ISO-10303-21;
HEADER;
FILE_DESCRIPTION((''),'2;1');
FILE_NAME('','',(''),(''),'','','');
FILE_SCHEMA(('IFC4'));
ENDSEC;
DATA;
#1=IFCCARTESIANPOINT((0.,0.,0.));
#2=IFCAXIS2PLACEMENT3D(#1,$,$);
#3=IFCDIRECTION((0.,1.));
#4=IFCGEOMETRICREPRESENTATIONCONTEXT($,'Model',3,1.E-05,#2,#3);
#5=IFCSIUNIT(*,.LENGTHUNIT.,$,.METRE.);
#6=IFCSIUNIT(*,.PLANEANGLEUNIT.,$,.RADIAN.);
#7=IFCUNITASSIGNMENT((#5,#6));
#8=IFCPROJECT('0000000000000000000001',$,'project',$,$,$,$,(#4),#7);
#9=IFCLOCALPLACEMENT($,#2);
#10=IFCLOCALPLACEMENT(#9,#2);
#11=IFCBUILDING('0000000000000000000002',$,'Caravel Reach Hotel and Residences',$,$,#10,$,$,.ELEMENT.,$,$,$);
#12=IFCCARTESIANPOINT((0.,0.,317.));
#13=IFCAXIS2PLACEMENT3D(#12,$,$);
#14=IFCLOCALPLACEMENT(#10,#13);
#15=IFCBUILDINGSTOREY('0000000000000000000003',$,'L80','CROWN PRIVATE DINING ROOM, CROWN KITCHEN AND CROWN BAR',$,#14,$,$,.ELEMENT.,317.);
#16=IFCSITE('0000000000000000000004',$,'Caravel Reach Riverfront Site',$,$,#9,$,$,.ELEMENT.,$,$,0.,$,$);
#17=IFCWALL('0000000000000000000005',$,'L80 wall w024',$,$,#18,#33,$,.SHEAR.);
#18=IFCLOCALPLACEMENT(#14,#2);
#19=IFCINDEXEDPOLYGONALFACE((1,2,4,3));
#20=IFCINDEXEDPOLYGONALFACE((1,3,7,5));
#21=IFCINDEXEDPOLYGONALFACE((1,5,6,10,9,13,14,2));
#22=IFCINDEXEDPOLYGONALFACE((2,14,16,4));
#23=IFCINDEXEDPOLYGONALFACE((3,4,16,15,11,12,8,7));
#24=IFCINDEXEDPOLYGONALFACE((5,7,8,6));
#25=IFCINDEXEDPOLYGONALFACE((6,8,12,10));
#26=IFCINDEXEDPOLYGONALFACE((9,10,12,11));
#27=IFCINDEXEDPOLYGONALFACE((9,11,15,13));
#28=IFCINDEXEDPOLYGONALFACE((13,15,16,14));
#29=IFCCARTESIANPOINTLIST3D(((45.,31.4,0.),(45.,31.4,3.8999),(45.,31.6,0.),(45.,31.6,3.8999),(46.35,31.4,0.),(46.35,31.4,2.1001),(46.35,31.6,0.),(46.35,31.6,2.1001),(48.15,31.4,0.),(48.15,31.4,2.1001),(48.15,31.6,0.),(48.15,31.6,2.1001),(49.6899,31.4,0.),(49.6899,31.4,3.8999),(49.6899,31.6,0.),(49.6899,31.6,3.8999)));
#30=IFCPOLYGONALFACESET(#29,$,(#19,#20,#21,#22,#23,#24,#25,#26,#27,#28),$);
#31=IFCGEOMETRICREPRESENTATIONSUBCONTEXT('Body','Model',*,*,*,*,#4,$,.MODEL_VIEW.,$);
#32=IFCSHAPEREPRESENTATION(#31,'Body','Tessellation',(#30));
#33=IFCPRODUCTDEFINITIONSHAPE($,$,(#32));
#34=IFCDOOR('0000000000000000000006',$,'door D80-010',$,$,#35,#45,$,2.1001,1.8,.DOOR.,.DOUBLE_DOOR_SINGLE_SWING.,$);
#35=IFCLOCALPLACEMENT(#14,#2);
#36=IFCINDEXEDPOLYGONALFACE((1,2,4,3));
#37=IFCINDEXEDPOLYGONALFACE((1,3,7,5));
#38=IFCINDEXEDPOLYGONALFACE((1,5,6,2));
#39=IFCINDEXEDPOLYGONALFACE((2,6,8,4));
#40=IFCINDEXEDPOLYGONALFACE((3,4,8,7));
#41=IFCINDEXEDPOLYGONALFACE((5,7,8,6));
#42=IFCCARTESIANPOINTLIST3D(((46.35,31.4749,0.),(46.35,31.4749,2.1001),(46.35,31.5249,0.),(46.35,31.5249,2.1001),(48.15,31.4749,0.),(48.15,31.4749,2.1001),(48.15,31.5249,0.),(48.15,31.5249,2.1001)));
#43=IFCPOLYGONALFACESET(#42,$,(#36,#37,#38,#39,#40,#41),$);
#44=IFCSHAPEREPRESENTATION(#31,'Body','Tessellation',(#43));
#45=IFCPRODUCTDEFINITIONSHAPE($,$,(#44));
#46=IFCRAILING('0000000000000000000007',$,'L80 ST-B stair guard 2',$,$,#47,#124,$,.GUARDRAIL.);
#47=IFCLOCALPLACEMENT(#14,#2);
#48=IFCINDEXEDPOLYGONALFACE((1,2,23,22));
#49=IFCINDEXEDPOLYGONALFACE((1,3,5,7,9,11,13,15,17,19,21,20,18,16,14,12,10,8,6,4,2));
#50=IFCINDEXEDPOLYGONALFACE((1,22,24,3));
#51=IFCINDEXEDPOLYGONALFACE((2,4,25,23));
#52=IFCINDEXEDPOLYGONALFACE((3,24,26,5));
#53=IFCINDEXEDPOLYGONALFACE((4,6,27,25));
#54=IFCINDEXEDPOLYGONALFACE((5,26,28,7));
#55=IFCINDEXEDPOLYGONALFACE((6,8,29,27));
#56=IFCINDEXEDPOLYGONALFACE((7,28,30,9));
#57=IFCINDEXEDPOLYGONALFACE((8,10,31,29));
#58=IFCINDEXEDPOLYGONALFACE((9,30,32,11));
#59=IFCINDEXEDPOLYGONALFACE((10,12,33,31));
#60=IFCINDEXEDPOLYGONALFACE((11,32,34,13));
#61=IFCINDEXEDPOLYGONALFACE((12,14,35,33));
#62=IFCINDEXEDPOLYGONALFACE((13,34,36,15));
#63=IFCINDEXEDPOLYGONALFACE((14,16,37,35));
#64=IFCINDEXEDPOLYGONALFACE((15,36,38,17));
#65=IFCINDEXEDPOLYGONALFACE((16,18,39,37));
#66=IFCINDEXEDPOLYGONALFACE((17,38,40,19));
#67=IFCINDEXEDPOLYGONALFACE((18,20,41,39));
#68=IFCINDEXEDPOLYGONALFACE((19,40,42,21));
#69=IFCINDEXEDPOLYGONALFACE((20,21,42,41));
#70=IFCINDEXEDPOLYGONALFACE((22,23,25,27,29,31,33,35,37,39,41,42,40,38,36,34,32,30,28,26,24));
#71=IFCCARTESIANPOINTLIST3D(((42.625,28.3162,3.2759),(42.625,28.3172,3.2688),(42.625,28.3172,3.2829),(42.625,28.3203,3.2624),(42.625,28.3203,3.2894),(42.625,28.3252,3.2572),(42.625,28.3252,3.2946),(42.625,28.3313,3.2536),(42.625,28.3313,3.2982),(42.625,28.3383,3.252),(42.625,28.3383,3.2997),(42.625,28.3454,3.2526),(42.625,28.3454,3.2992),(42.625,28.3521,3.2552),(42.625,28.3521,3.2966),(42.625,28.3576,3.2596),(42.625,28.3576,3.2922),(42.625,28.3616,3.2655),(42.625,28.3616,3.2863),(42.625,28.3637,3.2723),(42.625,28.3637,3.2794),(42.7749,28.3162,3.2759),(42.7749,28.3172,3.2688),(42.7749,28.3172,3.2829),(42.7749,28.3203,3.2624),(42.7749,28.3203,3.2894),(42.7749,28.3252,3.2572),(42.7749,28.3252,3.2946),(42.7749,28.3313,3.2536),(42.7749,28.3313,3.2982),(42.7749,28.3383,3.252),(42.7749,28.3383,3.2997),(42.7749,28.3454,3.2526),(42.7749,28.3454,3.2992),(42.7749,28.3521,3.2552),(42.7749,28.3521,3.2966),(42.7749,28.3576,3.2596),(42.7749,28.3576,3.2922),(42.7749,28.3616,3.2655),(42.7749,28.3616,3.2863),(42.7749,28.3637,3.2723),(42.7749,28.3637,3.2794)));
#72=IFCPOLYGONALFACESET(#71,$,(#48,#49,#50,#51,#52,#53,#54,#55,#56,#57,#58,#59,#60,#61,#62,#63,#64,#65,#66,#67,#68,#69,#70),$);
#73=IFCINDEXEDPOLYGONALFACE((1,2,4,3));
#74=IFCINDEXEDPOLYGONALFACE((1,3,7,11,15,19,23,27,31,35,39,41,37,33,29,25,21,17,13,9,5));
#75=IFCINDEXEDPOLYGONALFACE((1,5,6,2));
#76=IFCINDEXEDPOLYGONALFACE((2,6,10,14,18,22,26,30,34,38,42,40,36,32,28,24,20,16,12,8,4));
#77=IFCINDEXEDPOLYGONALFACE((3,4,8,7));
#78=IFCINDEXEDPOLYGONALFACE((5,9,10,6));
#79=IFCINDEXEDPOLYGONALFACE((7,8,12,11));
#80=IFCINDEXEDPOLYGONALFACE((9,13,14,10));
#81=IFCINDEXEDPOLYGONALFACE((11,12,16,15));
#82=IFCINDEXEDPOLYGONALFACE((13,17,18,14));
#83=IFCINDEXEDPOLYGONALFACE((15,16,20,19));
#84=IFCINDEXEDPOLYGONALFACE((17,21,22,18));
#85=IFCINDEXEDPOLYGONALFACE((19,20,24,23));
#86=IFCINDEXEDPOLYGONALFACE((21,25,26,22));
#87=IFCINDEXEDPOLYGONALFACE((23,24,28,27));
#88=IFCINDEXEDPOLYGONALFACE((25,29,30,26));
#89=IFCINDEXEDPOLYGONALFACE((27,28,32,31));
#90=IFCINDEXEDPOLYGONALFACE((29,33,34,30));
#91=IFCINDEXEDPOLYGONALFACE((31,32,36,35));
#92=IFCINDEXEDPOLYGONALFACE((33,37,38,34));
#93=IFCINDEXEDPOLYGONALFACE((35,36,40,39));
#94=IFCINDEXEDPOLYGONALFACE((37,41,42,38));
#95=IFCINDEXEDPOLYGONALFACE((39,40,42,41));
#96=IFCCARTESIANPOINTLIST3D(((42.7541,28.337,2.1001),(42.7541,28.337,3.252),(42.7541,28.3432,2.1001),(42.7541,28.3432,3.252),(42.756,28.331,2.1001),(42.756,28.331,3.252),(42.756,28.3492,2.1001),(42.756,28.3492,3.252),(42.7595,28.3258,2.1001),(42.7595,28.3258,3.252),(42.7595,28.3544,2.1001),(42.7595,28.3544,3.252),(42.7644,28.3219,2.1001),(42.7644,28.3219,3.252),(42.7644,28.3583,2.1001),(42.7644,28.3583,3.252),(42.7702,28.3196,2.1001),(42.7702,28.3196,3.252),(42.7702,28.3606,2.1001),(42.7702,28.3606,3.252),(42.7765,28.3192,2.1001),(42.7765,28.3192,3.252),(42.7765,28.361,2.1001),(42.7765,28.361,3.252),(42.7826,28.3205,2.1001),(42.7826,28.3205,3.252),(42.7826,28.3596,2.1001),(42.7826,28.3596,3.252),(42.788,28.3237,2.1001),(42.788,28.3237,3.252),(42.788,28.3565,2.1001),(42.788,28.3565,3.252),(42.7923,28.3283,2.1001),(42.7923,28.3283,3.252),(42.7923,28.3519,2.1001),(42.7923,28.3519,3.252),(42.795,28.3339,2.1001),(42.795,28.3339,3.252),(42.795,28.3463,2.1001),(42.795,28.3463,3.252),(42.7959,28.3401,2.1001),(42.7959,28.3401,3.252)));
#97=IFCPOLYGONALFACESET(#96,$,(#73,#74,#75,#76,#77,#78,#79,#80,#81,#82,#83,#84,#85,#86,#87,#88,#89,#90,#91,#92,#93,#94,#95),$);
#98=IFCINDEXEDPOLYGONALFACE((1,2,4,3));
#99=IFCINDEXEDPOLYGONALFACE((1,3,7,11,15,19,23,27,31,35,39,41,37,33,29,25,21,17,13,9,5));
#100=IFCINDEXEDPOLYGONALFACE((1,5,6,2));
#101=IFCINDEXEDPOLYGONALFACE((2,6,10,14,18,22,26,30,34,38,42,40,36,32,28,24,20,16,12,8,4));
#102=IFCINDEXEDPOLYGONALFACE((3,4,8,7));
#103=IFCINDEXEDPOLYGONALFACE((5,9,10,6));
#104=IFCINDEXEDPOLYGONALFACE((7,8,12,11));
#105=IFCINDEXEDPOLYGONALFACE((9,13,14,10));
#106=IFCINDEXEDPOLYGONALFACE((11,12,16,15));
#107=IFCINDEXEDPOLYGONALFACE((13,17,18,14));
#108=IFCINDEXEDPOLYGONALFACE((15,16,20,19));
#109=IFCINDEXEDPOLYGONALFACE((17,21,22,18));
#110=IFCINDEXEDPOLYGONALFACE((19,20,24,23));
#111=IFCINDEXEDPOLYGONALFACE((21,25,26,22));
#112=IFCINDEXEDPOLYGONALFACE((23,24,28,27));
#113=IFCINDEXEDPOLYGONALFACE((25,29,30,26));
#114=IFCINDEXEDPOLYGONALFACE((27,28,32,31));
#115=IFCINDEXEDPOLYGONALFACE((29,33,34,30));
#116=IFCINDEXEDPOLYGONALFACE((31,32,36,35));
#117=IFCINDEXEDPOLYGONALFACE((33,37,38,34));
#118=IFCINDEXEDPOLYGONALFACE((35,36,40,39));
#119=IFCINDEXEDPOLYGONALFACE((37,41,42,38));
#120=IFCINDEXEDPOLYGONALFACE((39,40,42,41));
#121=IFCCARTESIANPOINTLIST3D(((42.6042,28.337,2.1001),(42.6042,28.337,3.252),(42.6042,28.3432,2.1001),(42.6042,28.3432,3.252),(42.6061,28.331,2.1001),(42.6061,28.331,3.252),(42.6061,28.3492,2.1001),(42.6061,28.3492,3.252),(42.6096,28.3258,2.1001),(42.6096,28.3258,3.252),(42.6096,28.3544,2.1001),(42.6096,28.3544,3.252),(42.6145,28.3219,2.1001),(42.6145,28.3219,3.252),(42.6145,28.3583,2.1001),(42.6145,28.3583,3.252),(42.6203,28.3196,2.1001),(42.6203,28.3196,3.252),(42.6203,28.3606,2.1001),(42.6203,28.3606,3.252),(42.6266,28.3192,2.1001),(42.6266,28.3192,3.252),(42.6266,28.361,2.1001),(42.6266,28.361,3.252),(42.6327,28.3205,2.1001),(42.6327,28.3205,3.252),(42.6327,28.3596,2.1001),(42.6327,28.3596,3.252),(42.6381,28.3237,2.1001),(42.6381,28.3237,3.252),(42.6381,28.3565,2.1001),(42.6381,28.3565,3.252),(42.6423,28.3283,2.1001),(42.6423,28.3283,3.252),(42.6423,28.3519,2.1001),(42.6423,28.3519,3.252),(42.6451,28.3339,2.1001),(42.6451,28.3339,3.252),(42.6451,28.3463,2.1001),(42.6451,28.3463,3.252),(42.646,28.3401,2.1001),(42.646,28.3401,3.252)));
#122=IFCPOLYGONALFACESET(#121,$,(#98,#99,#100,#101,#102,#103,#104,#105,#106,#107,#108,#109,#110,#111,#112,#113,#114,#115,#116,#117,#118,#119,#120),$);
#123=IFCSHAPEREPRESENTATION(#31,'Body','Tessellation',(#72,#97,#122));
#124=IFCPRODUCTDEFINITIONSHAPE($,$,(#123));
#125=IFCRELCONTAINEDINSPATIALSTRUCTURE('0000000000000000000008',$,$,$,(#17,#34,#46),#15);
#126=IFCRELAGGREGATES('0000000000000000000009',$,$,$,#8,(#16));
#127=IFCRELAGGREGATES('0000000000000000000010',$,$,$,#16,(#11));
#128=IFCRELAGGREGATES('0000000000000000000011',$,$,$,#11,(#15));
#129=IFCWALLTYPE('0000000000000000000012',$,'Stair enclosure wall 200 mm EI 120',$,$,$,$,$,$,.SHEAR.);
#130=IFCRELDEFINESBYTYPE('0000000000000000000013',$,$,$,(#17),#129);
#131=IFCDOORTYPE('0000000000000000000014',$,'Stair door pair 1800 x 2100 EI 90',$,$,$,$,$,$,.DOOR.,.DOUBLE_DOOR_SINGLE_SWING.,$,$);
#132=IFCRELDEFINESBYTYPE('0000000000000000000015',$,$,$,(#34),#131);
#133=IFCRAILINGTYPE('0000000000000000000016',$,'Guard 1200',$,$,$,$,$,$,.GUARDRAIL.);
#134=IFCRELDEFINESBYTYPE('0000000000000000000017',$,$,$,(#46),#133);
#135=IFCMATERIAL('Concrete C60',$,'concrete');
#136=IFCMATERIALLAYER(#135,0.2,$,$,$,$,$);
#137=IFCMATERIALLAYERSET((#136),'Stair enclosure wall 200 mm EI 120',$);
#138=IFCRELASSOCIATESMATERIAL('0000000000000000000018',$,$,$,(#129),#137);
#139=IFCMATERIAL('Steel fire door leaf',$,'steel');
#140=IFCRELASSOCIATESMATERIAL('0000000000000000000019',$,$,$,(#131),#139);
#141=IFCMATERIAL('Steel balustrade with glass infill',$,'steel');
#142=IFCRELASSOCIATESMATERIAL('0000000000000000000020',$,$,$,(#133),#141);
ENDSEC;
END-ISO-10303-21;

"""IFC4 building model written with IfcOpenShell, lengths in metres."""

from ifc_helpers import new_model, si_unit, direction, frame, frame_2d, origin, origin_2d, place, context, subcontext, project, spatial, rectangle, circle, extrude, material, layer, layer_set, type_object, element, fill, save


model = new_model("IFC4")

# Units and contexts
model_context = context("Model", 3, precision=1e-05, world=origin(), true_north=direction((0.0, 1.0)))
body_context = subcontext(model_context, "Body", "Model", "MODEL_VIEW")
ifc_project = project(units=[si_unit("LENGTHUNIT", "METRE"), si_unit("PLANEANGLEUNIT", "RADIAN")], contexts=[model_context])

# Site, building, storey
site_placement = place(None, origin())
site = spatial("IfcSite", under=ifc_project, at=site_placement, Name="Caravel Reach Riverfront Site", CompositionType="ELEMENT", RefElevation=0.0)
building_placement = place(site_placement, origin())
building = spatial("IfcBuilding", under=site, at=building_placement, Name="Caravel Reach Hotel and Residences", CompositionType="ELEMENT")
storey_placement = place(building_placement, frame((0.0, 0.0, 317.0)))
storey = spatial("IfcBuildingStorey", under=building, at=storey_placement, Name="L80", Description="CROWN PRIVATE DINING ROOM, CROWN KITCHEN AND CROWN BAR", CompositionType="ELEMENT", Elevation=317.0)

# Wall, opening, door
ifc_material_1 = material(Name="Concrete C60", Category="concrete")
ifc_layer_1 = layer(ifc_material_1, 0.2)
ifc_layer_set_1 = layer_set([ifc_layer_1], Name="Stair enclosure wall 200 mm EI 120")
wall_type_1 = type_object("IfcWallType", Name="Stair enclosure wall 200 mm EI 120", PredefinedType="SHEAR", material=ifc_layer_set_1)
wall_1_placement = place(storey_placement, frame((45.0, 31.5, 0.0), z_axis=(0.0, 0.0, 1.0), x_axis=(1.0, 0.0, 0.0)))
wall_1 = element("IfcWall", 1, at=wall_1_placement, inside=storey, type_object=wall_type_1, Name="L80 wall w024", PredefinedType="SHEAR", context=body_context, shape_type="SweptSolid", body=[
    extrude(rectangle(XDim=4.6899, YDim=0.2, at=frame_2d((2.345, 0.0))), origin(), (0.0, 0.0, 1.0), 3.8999),
])
opening_placement = place(wall_1_placement, frame((1.3501, 0.0, 0.0)))
opening = element("IfcOpeningElement", 2, at=opening_placement, cuts=wall_1, PredefinedType="OPENING", context=body_context, shape_type="SweptSolid", body=[
    extrude(rectangle(XDim=1.8, YDim=2.1001, at=frame_2d((0.8999, 1.05))), frame((0.0, 0.1099, 0.0), z_axis=(0.0, -1.0, 0.0), x_axis=(1.0, 0.0, 0.0)), (0.0, 0.0, 1.0), 0.22),
])
ifc_material_2 = material(Name="Steel fire door leaf", Category="steel")
door_type = type_object("IfcDoorType", Name="Stair door pair 1800 x 2100 EI 90", OperationType="DOUBLE_DOOR_SINGLE_SWING", PredefinedType="DOOR", material=ifc_material_2)
door_placement = place(opening_placement, origin())
door = element("IfcDoor", 3, at=door_placement, inside=storey, type_object=door_type, Name="door D80-010", OperationType="DOUBLE_DOOR_SINGLE_SWING", OverallHeight=2.1001, OverallWidth=1.8, PredefinedType="DOOR", context=body_context, shape_type="SweptSolid", body=[
    extrude(rectangle(XDim=1.8, YDim=2.1001, at=frame_2d((0.8999, 1.05))), frame((0.0, 0.0249, 0.0), z_axis=(0.0, -1.0, 0.0), x_axis=(1.0, 0.0, 0.0)), (0.0, 0.0, 1.0), 0.05),
])
fill(opening, door)

# Railing
ifc_material_3 = material(Name="Steel balustrade with glass infill", Category="steel")
railing_type_1 = type_object("IfcRailingType", Name="Guard 1200", PredefinedType="GUARDRAIL", material=ifc_material_3)
railing_1_placement = place(storey_placement, frame((42.7749, 28.3401, 2.1001)))
element("IfcRailing", 4, at=railing_1_placement, inside=storey, type_object=railing_type_1, Name="L80 ST-B stair guard 2", PredefinedType="GUARDRAIL", context=body_context, shape_type="SweptSolid", body=[
    extrude(circle(Radius=0.0239, at=origin_2d()), frame((0.0, 0.0, 1.1758), z_axis=(-1.0, 0.0, 0.0), x_axis=(0.0, -1.0, 0.0)), (0.0, 0.0, 1.0), 0.1499),
    extrude(circle(Radius=0.021, at=origin_2d()), origin(), (0.0, 0.0, 1.0), 1.1519),
    extrude(circle(Radius=0.021, at=origin_2d()), frame((-0.1499, 0.0, 0.0)), (0.0, 0.0, 1.0), 1.1519),
])

save(model, "model.ifc")
